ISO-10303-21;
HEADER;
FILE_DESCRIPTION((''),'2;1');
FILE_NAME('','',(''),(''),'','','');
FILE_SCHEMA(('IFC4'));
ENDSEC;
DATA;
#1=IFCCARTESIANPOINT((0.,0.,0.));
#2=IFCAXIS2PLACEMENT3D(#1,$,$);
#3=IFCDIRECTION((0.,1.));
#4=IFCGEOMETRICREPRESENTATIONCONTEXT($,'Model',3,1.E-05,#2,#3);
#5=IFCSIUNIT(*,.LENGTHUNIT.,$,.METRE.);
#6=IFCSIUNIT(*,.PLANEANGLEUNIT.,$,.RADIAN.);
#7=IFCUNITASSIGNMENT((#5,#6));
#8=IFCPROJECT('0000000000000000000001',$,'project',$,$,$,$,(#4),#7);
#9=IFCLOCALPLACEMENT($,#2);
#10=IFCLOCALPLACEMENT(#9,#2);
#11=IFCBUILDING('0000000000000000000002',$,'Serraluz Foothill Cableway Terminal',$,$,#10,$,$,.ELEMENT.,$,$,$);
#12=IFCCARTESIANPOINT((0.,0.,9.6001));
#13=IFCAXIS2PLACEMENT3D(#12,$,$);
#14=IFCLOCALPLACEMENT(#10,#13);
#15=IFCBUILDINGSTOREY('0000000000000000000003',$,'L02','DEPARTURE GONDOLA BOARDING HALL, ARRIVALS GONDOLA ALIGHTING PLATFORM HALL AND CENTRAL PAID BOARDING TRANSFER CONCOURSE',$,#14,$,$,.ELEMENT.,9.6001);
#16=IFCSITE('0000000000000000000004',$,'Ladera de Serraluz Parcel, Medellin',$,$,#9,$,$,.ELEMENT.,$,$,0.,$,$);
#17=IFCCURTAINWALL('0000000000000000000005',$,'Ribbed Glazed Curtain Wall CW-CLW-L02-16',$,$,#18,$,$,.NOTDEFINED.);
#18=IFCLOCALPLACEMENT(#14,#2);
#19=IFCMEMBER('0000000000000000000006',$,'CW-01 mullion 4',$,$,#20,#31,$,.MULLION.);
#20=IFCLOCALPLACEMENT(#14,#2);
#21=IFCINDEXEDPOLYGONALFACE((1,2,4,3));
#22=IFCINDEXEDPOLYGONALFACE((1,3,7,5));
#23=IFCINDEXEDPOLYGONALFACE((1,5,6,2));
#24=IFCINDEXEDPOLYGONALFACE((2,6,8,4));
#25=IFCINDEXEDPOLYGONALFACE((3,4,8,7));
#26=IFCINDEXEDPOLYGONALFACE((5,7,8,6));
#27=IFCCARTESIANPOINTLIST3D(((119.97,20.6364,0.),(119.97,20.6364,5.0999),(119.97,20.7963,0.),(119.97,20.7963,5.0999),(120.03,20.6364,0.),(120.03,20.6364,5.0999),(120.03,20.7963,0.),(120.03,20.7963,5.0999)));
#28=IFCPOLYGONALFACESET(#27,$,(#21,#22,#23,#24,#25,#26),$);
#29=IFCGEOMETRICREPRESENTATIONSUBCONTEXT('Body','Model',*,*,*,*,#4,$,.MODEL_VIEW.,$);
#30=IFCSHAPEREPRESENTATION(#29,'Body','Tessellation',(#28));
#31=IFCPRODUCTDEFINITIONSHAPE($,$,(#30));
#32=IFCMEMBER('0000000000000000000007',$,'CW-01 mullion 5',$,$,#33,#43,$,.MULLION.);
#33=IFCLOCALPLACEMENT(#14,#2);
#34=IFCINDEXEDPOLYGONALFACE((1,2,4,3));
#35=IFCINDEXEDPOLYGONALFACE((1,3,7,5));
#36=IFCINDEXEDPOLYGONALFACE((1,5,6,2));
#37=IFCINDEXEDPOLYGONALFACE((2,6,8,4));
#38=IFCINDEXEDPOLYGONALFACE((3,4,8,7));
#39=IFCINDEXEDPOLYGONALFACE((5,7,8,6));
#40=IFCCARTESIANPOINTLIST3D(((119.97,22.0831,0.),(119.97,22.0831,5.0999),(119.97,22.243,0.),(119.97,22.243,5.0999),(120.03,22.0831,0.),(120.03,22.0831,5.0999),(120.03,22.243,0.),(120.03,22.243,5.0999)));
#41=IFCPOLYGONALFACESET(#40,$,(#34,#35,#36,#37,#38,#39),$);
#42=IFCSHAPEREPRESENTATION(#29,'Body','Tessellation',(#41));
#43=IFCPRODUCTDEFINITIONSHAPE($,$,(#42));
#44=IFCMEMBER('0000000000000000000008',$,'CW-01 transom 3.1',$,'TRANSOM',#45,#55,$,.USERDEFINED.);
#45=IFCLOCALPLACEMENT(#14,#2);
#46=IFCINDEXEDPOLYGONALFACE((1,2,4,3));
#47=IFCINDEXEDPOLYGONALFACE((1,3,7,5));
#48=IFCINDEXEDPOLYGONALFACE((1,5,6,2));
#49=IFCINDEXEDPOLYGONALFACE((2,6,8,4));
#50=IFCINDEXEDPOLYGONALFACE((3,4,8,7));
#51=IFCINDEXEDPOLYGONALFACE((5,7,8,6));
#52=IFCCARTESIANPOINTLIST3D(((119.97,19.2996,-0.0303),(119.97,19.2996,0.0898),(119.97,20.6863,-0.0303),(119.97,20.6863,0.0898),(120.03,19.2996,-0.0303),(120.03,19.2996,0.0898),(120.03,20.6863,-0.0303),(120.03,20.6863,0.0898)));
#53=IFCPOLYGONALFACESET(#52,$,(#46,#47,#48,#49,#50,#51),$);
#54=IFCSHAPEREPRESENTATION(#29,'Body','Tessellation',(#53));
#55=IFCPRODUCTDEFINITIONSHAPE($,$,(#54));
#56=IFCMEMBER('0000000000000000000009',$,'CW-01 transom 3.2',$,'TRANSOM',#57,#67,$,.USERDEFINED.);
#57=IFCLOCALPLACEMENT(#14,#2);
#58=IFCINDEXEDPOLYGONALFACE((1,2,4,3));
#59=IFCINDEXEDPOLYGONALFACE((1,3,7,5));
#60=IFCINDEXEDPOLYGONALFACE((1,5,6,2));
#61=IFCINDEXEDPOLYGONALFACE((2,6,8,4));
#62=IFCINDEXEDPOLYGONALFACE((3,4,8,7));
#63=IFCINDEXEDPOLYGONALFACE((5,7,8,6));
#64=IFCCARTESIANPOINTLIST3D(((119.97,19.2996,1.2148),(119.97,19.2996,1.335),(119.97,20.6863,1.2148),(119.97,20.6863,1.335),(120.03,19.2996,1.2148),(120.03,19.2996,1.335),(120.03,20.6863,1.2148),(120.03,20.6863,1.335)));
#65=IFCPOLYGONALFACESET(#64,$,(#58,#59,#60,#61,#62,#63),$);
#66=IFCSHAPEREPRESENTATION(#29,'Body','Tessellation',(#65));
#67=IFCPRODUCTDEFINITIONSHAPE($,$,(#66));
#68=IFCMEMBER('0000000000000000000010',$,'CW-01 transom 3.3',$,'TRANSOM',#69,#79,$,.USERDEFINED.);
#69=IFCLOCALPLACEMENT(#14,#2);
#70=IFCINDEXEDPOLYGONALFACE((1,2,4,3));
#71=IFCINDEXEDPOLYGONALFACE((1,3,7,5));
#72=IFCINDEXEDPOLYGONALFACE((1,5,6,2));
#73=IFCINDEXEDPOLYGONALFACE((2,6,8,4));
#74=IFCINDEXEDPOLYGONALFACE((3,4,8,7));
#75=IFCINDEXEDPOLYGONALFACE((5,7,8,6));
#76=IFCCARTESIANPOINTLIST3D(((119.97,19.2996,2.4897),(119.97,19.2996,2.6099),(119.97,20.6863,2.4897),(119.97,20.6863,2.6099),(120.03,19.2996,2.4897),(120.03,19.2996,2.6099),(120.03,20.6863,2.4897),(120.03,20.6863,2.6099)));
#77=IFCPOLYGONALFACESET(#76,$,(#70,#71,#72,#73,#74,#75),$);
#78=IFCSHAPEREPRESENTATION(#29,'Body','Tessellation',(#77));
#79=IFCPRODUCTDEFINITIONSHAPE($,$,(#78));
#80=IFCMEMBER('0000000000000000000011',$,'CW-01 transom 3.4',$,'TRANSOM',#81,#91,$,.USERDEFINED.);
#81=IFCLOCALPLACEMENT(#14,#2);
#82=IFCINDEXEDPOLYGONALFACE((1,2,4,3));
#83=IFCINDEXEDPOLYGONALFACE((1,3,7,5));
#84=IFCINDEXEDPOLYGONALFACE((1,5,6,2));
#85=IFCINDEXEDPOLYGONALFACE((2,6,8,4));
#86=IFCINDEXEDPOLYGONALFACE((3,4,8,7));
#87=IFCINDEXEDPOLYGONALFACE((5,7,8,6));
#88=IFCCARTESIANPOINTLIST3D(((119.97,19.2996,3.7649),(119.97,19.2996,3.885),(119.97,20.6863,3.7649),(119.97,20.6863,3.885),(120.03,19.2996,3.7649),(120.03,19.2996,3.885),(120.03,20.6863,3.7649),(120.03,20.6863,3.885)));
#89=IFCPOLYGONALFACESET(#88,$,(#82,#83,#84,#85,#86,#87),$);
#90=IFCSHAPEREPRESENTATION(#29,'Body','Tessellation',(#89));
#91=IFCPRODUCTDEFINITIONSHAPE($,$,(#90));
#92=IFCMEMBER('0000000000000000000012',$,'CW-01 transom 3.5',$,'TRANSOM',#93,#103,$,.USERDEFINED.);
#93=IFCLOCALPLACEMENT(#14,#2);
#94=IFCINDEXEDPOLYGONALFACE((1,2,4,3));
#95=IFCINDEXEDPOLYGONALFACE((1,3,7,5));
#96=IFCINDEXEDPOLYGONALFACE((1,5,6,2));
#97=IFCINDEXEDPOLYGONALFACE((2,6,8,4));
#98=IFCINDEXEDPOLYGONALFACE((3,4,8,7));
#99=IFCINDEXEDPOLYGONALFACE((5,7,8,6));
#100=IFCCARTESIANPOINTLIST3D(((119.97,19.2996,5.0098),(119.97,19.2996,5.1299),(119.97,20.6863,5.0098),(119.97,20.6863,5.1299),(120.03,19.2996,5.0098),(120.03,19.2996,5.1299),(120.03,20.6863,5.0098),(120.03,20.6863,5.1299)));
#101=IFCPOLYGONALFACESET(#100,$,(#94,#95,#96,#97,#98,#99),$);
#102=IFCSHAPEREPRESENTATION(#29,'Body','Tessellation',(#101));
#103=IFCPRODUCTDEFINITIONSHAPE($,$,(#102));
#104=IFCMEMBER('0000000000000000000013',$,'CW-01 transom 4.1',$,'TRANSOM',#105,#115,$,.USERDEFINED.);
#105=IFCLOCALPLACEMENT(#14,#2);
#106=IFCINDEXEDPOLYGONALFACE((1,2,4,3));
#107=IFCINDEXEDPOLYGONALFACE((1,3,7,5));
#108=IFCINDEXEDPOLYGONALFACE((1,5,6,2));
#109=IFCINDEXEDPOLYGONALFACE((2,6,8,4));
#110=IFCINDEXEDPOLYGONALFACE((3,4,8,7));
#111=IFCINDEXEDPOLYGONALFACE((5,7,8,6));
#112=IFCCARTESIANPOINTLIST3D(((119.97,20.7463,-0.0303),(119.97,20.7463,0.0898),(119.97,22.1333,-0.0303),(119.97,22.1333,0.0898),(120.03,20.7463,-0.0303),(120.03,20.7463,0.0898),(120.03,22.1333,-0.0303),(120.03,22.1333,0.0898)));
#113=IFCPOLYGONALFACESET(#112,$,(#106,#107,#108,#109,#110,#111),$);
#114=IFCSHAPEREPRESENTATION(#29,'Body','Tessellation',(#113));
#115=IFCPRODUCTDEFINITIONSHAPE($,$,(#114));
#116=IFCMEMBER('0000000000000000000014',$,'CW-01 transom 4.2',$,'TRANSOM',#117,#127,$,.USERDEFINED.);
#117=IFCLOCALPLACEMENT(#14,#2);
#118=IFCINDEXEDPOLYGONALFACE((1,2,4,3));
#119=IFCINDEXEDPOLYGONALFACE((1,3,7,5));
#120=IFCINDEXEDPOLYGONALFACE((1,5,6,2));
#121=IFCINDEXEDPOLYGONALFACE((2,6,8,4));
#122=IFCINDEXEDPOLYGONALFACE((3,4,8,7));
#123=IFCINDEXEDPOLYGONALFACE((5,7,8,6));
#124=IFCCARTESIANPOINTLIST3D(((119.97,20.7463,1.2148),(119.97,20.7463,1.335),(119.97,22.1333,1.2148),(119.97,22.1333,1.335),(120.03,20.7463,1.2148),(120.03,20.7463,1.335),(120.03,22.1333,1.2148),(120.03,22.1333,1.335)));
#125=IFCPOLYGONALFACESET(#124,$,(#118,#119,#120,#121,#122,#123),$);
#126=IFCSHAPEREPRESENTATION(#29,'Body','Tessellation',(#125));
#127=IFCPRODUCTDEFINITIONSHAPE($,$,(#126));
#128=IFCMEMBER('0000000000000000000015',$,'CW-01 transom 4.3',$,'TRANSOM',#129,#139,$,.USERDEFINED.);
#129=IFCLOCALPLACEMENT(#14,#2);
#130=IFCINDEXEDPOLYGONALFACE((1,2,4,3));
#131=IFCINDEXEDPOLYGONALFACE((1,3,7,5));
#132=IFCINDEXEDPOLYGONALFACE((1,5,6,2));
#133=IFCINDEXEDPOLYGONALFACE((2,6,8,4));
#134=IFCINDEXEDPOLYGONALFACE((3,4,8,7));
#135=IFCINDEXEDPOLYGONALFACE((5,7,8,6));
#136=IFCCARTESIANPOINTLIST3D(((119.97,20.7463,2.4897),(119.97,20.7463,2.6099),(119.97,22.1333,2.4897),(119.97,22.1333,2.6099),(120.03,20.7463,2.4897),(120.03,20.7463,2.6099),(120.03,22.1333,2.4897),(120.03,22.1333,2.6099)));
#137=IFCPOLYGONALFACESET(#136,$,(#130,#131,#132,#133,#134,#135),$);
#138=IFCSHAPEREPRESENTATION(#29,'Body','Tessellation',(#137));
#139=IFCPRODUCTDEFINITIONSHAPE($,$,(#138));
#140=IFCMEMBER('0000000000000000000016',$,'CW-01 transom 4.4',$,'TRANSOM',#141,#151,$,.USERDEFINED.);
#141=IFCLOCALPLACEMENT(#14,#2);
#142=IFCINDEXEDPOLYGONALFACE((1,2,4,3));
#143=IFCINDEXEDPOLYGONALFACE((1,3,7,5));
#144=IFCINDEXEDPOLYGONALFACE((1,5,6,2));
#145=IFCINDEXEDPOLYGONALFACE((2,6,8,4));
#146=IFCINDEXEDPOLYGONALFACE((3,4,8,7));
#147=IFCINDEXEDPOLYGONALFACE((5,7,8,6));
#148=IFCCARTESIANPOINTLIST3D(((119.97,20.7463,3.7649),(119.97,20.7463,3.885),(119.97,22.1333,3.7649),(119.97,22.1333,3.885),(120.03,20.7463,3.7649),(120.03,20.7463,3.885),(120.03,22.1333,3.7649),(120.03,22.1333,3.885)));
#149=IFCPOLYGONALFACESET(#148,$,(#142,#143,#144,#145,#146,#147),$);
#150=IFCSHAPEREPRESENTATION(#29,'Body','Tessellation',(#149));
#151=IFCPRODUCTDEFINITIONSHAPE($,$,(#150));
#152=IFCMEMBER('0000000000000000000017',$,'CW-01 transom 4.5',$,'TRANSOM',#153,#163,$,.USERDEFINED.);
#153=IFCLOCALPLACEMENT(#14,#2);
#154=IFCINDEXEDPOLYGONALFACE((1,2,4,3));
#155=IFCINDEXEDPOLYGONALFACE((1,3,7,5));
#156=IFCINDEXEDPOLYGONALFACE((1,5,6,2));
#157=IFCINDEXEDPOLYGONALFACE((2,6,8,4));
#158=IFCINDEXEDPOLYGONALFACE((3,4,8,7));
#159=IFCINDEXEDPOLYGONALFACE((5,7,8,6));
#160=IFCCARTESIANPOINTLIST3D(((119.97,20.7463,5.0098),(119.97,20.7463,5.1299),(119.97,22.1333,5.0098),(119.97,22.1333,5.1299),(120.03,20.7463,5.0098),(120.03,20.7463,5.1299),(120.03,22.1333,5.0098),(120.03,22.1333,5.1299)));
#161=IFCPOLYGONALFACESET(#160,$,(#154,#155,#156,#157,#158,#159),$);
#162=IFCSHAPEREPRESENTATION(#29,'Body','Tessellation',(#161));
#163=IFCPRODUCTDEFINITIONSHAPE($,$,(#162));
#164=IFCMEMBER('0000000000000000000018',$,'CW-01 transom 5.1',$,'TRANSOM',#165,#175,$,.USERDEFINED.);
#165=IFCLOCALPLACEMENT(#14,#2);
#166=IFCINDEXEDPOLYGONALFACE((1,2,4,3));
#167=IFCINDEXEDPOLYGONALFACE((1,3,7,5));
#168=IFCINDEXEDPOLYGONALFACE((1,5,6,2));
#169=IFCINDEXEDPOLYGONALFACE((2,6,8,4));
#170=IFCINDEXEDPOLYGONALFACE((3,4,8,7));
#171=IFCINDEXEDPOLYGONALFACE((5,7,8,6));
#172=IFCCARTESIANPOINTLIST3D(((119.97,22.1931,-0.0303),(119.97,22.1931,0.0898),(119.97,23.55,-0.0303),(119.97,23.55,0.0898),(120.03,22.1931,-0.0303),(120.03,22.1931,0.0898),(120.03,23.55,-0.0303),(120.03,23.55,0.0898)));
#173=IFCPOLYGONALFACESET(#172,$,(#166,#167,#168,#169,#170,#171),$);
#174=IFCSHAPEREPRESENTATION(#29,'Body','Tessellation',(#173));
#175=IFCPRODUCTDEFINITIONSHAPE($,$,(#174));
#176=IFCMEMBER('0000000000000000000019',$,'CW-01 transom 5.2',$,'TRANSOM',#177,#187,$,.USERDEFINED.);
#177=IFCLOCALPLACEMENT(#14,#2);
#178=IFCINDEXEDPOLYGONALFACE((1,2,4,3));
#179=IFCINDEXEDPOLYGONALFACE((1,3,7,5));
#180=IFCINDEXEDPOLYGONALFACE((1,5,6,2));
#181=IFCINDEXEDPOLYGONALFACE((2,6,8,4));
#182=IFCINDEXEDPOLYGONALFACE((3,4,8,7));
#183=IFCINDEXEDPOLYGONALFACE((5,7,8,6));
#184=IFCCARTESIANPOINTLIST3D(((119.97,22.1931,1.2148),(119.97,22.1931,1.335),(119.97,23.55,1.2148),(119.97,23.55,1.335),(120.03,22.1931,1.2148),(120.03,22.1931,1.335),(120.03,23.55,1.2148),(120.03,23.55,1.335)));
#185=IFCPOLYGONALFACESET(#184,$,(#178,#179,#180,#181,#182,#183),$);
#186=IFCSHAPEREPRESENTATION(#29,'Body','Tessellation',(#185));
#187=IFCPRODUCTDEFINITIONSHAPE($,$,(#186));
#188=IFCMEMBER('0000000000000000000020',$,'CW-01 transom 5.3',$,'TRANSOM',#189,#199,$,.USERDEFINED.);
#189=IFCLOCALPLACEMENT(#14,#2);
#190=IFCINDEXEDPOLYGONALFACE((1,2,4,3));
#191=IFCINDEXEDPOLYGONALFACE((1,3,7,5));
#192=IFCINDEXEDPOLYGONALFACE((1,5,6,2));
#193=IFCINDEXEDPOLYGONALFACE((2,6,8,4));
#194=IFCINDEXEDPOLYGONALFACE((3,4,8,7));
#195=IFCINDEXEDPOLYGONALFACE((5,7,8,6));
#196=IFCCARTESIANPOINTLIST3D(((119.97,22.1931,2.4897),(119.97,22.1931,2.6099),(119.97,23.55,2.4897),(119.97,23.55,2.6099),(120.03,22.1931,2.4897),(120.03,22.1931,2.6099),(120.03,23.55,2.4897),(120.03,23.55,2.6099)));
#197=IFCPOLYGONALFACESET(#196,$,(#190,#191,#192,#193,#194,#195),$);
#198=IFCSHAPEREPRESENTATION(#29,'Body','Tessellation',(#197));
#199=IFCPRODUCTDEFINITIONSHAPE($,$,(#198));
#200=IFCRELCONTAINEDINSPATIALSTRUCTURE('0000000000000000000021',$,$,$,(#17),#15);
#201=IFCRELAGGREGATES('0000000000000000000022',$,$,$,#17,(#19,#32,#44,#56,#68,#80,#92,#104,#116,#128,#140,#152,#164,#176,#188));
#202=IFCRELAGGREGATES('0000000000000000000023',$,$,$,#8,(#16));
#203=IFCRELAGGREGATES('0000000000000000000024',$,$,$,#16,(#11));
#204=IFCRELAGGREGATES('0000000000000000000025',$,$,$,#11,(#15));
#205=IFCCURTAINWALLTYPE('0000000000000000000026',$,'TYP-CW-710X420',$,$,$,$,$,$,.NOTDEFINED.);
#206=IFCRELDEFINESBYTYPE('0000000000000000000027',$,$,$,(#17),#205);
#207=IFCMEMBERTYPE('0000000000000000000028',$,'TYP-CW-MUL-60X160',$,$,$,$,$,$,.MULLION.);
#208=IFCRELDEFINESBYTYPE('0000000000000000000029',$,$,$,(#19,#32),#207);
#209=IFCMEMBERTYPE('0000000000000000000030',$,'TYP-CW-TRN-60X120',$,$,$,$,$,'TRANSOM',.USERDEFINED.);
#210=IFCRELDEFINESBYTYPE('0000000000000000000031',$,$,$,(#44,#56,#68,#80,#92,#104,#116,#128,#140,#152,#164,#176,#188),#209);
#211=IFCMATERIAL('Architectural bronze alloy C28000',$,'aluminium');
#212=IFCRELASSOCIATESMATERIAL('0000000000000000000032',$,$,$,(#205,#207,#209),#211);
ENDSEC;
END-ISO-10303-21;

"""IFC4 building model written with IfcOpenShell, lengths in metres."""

from ifc_helpers import new_model, si_unit, direction, frame, origin, origin_2d, place, context, subcontext, project, spatial, rectangle, extrude, material, material_profile, profile_set, type_object, element, aggregate, save


model = new_model("IFC4")

# Units and contexts
model_context = context("Model", 3, precision=1e-05, world=origin(), true_north=direction((0.0, 1.0)))
body_context = subcontext(model_context, "Body", "Model", "MODEL_VIEW")
ifc_project = project(units=[si_unit("LENGTHUNIT", "METRE"), si_unit("PLANEANGLEUNIT", "RADIAN")], contexts=[model_context])

# Site, building, storey
site_placement = place(None, origin())
site = spatial("IfcSite", under=ifc_project, at=site_placement, Name="Ladera de Serraluz Parcel, Medellin", CompositionType="ELEMENT", RefElevation=0.0)
building_placement = place(site_placement, origin())
building = spatial("IfcBuilding", under=site, at=building_placement, Name="Serraluz Foothill Cableway Terminal", CompositionType="ELEMENT")
storey_placement = place(building_placement, frame((0.0, 0.0, 9.6001)))
storey = spatial("IfcBuildingStorey", under=building, at=storey_placement, Name="L02", Description="DEPARTURE GONDOLA BOARDING HALL, ARRIVALS GONDOLA ALIGHTING PLATFORM HALL AND CENTRAL PAID BOARDING TRANSFER CONCOURSE", CompositionType="ELEMENT", Elevation=9.6001)

# Curtain wall, members
ifc_material_1 = material(Name="Architectural bronze alloy C28000", Category="aluminium")
curtain_wall_type = type_object("IfcCurtainWallType", Name="TYP-CW-710X420", PredefinedType="NOTDEFINED", material=ifc_material_1)
curtain_wall_placement = place(storey_placement, origin())
curtain_wall = element("IfcCurtainWall", 1, at=curtain_wall_placement, inside=storey, type_object=curtain_wall_type, Name="Ribbed Glazed Curtain Wall CW-CLW-L02-16", PredefinedType="NOTDEFINED")
ifc_material_profile_1 = material_profile(ifc_material_1, rectangle(XDim=0.0601, YDim=0.1599, at=origin_2d()), Name="ALU MULLION 60x160")
ifc_profile_set_1 = profile_set([ifc_material_profile_1], Name="Architectural bronze alloy C28000")
member_type_1 = type_object("IfcMemberType", Name="TYP-CW-MUL-60X160", PredefinedType="MULLION", material=ifc_profile_set_1)
member_1_placement = place(storey_placement, frame((120.0, 20.7163, 0.0), z_axis=(0.0, 0.0, 1.0), x_axis=(-1.0, 0.0, 0.0)))
member_1 = element("IfcMember", 2, at=member_1_placement, type_object=member_type_1, Name="CW-01 mullion 4", PredefinedType="MULLION", context=body_context, shape_type="SweptSolid", body=[
    extrude(rectangle(XDim=0.0601, YDim=0.1599, at=origin_2d()), origin(), (0.0, 0.0, 1.0), 5.0999),
])
member_2_placement = place(storey_placement, frame((120.0, 22.1631, 0.0), z_axis=(0.0, 0.0, 1.0), x_axis=(-1.0, 0.0, 0.0)))
member_2 = element("IfcMember", 3, at=member_2_placement, type_object=member_type_1, Name="CW-01 mullion 5", PredefinedType="MULLION", context=body_context, shape_type="SweptSolid", body=[
    extrude(rectangle(XDim=0.0601, YDim=0.1599, at=origin_2d()), origin(), (0.0, 0.0, 1.0), 5.0999),
])
ifc_material_profile_2 = material_profile(ifc_material_1, rectangle(XDim=0.0601, YDim=0.1201, at=origin_2d()), Name="ALU TRANSOM 60x120")
ifc_profile_set_2 = profile_set([ifc_material_profile_2], Name="Architectural bronze alloy C28000")
member_type_2 = type_object("IfcMemberType", Name="TYP-CW-TRN-60X120", ElementType="TRANSOM", PredefinedType="USERDEFINED", material=ifc_profile_set_2)
member_3_placement = place(storey_placement, frame((120.0, 19.2996, 0.0298), z_axis=(0.0, 1.0, 0.0), x_axis=(-1.0, 0.0, 0.0)))
member_3 = element("IfcMember", 4, at=member_3_placement, type_object=member_type_2, Name="CW-01 transom 3.1", ObjectType="TRANSOM", PredefinedType="USERDEFINED", context=body_context, shape_type="SweptSolid", body=[
    extrude(rectangle(XDim=0.0601, YDim=0.1201, at=origin_2d()), origin(), (0.0, 0.0, 1.0), 1.3867),
])
member_4_placement = place(storey_placement, frame((120.0, 19.2996, 1.2749), z_axis=(0.0, 1.0, 0.0), x_axis=(-1.0, 0.0, 0.0)))
member_4 = element("IfcMember", 5, at=member_4_placement, type_object=member_type_2, Name="CW-01 transom 3.2", ObjectType="TRANSOM", PredefinedType="USERDEFINED", context=body_context, shape_type="SweptSolid", body=[
    extrude(rectangle(XDim=0.0601, YDim=0.1201, at=origin_2d()), origin(), (0.0, 0.0, 1.0), 1.3867),
])
member_5_placement = place(storey_placement, frame((120.0, 19.2996, 2.5498), z_axis=(0.0, 1.0, 0.0), x_axis=(-1.0, 0.0, 0.0)))
member_5 = element("IfcMember", 6, at=member_5_placement, type_object=member_type_2, Name="CW-01 transom 3.3", ObjectType="TRANSOM", PredefinedType="USERDEFINED", context=body_context, shape_type="SweptSolid", body=[
    extrude(rectangle(XDim=0.0601, YDim=0.1201, at=origin_2d()), origin(), (0.0, 0.0, 1.0), 1.3867),
])
member_6_placement = place(storey_placement, frame((120.0, 19.2996, 3.825), z_axis=(0.0, 1.0, 0.0), x_axis=(-1.0, 0.0, 0.0)))
member_6 = element("IfcMember", 7, at=member_6_placement, type_object=member_type_2, Name="CW-01 transom 3.4", ObjectType="TRANSOM", PredefinedType="USERDEFINED", context=body_context, shape_type="SweptSolid", body=[
    extrude(rectangle(XDim=0.0601, YDim=0.1201, at=origin_2d()), origin(), (0.0, 0.0, 1.0), 1.3867),
])
member_7_placement = place(storey_placement, frame((120.0, 19.2996, 5.0698), z_axis=(0.0, 1.0, 0.0), x_axis=(-1.0, 0.0, 0.0)))
member_7 = element("IfcMember", 8, at=member_7_placement, type_object=member_type_2, Name="CW-01 transom 3.5", ObjectType="TRANSOM", PredefinedType="USERDEFINED", context=body_context, shape_type="SweptSolid", body=[
    extrude(rectangle(XDim=0.0601, YDim=0.1201, at=origin_2d()), origin(), (0.0, 0.0, 1.0), 1.3867),
])
member_8_placement = place(storey_placement, frame((120.0, 20.7463, 0.0298), z_axis=(0.0, 1.0, 0.0), x_axis=(-1.0, 0.0, 0.0)))
member_8 = element("IfcMember", 9, at=member_8_placement, type_object=member_type_2, Name="CW-01 transom 4.1", ObjectType="TRANSOM", PredefinedType="USERDEFINED", context=body_context, shape_type="SweptSolid", body=[
    extrude(rectangle(XDim=0.0601, YDim=0.1201, at=origin_2d()), origin(), (0.0, 0.0, 1.0), 1.387),
])
member_9_placement = place(storey_placement, frame((120.0, 20.7463, 1.2749), z_axis=(0.0, 1.0, 0.0), x_axis=(-1.0, 0.0, 0.0)))
member_9 = element("IfcMember", 10, at=member_9_placement, type_object=member_type_2, Name="CW-01 transom 4.2", ObjectType="TRANSOM", PredefinedType="USERDEFINED", context=body_context, shape_type="SweptSolid", body=[
    extrude(rectangle(XDim=0.0601, YDim=0.1201, at=origin_2d()), origin(), (0.0, 0.0, 1.0), 1.387),
])
member_10_placement = place(storey_placement, frame((120.0, 20.7463, 2.5498), z_axis=(0.0, 1.0, 0.0), x_axis=(-1.0, 0.0, 0.0)))
member_10 = element("IfcMember", 11, at=member_10_placement, type_object=member_type_2, Name="CW-01 transom 4.3", ObjectType="TRANSOM", PredefinedType="USERDEFINED", context=body_context, shape_type="SweptSolid", body=[
    extrude(rectangle(XDim=0.0601, YDim=0.1201, at=origin_2d()), origin(), (0.0, 0.0, 1.0), 1.387),
])
member_11_placement = place(storey_placement, frame((120.0, 20.7463, 3.825), z_axis=(0.0, 1.0, 0.0), x_axis=(-1.0, 0.0, 0.0)))
member_11 = element("IfcMember", 12, at=member_11_placement, type_object=member_type_2, Name="CW-01 transom 4.4", ObjectType="TRANSOM", PredefinedType="USERDEFINED", context=body_context, shape_type="SweptSolid", body=[
    extrude(rectangle(XDim=0.0601, YDim=0.1201, at=origin_2d()), origin(), (0.0, 0.0, 1.0), 1.387),
])
member_12_placement = place(storey_placement, frame((120.0, 20.7463, 5.0698), z_axis=(0.0, 1.0, 0.0), x_axis=(-1.0, 0.0, 0.0)))
member_12 = element("IfcMember", 13, at=member_12_placement, type_object=member_type_2, Name="CW-01 transom 4.5", ObjectType="TRANSOM", PredefinedType="USERDEFINED", context=body_context, shape_type="SweptSolid", body=[
    extrude(rectangle(XDim=0.0601, YDim=0.1201, at=origin_2d()), origin(), (0.0, 0.0, 1.0), 1.387),
])
member_13_placement = place(storey_placement, frame((120.0, 22.1931, 0.0298), z_axis=(0.0, 1.0, 0.0), x_axis=(-1.0, 0.0, 0.0)))
member_13 = element("IfcMember", 14, at=member_13_placement, type_object=member_type_2, Name="CW-01 transom 5.1", ObjectType="TRANSOM", PredefinedType="USERDEFINED", context=body_context, shape_type="SweptSolid", body=[
    extrude(rectangle(XDim=0.0601, YDim=0.1201, at=origin_2d()), origin(), (0.0, 0.0, 1.0), 1.3569),
])
member_14_placement = place(storey_placement, frame((120.0, 22.1931, 1.2749), z_axis=(0.0, 1.0, 0.0), x_axis=(-1.0, 0.0, 0.0)))
member_14 = element("IfcMember", 15, at=member_14_placement, type_object=member_type_2, Name="CW-01 transom 5.2", ObjectType="TRANSOM", PredefinedType="USERDEFINED", context=body_context, shape_type="SweptSolid", body=[
    extrude(rectangle(XDim=0.0601, YDim=0.1201, at=origin_2d()), origin(), (0.0, 0.0, 1.0), 1.3569),
])
member_15_placement = place(storey_placement, frame((120.0, 22.1931, 2.5498), z_axis=(0.0, 1.0, 0.0), x_axis=(-1.0, 0.0, 0.0)))
member_15 = element("IfcMember", 16, at=member_15_placement, type_object=member_type_2, Name="CW-01 transom 5.3", ObjectType="TRANSOM", PredefinedType="USERDEFINED", context=body_context, shape_type="SweptSolid", body=[
    extrude(rectangle(XDim=0.0601, YDim=0.1201, at=origin_2d()), origin(), (0.0, 0.0, 1.0), 1.3569),
])
aggregate(curtain_wall, [member_1, member_2, member_3, member_4, member_5, member_6, member_7, member_8, member_9, member_10, member_11, member_12, member_13, member_14, member_15])

save(model, "model.ifc")
